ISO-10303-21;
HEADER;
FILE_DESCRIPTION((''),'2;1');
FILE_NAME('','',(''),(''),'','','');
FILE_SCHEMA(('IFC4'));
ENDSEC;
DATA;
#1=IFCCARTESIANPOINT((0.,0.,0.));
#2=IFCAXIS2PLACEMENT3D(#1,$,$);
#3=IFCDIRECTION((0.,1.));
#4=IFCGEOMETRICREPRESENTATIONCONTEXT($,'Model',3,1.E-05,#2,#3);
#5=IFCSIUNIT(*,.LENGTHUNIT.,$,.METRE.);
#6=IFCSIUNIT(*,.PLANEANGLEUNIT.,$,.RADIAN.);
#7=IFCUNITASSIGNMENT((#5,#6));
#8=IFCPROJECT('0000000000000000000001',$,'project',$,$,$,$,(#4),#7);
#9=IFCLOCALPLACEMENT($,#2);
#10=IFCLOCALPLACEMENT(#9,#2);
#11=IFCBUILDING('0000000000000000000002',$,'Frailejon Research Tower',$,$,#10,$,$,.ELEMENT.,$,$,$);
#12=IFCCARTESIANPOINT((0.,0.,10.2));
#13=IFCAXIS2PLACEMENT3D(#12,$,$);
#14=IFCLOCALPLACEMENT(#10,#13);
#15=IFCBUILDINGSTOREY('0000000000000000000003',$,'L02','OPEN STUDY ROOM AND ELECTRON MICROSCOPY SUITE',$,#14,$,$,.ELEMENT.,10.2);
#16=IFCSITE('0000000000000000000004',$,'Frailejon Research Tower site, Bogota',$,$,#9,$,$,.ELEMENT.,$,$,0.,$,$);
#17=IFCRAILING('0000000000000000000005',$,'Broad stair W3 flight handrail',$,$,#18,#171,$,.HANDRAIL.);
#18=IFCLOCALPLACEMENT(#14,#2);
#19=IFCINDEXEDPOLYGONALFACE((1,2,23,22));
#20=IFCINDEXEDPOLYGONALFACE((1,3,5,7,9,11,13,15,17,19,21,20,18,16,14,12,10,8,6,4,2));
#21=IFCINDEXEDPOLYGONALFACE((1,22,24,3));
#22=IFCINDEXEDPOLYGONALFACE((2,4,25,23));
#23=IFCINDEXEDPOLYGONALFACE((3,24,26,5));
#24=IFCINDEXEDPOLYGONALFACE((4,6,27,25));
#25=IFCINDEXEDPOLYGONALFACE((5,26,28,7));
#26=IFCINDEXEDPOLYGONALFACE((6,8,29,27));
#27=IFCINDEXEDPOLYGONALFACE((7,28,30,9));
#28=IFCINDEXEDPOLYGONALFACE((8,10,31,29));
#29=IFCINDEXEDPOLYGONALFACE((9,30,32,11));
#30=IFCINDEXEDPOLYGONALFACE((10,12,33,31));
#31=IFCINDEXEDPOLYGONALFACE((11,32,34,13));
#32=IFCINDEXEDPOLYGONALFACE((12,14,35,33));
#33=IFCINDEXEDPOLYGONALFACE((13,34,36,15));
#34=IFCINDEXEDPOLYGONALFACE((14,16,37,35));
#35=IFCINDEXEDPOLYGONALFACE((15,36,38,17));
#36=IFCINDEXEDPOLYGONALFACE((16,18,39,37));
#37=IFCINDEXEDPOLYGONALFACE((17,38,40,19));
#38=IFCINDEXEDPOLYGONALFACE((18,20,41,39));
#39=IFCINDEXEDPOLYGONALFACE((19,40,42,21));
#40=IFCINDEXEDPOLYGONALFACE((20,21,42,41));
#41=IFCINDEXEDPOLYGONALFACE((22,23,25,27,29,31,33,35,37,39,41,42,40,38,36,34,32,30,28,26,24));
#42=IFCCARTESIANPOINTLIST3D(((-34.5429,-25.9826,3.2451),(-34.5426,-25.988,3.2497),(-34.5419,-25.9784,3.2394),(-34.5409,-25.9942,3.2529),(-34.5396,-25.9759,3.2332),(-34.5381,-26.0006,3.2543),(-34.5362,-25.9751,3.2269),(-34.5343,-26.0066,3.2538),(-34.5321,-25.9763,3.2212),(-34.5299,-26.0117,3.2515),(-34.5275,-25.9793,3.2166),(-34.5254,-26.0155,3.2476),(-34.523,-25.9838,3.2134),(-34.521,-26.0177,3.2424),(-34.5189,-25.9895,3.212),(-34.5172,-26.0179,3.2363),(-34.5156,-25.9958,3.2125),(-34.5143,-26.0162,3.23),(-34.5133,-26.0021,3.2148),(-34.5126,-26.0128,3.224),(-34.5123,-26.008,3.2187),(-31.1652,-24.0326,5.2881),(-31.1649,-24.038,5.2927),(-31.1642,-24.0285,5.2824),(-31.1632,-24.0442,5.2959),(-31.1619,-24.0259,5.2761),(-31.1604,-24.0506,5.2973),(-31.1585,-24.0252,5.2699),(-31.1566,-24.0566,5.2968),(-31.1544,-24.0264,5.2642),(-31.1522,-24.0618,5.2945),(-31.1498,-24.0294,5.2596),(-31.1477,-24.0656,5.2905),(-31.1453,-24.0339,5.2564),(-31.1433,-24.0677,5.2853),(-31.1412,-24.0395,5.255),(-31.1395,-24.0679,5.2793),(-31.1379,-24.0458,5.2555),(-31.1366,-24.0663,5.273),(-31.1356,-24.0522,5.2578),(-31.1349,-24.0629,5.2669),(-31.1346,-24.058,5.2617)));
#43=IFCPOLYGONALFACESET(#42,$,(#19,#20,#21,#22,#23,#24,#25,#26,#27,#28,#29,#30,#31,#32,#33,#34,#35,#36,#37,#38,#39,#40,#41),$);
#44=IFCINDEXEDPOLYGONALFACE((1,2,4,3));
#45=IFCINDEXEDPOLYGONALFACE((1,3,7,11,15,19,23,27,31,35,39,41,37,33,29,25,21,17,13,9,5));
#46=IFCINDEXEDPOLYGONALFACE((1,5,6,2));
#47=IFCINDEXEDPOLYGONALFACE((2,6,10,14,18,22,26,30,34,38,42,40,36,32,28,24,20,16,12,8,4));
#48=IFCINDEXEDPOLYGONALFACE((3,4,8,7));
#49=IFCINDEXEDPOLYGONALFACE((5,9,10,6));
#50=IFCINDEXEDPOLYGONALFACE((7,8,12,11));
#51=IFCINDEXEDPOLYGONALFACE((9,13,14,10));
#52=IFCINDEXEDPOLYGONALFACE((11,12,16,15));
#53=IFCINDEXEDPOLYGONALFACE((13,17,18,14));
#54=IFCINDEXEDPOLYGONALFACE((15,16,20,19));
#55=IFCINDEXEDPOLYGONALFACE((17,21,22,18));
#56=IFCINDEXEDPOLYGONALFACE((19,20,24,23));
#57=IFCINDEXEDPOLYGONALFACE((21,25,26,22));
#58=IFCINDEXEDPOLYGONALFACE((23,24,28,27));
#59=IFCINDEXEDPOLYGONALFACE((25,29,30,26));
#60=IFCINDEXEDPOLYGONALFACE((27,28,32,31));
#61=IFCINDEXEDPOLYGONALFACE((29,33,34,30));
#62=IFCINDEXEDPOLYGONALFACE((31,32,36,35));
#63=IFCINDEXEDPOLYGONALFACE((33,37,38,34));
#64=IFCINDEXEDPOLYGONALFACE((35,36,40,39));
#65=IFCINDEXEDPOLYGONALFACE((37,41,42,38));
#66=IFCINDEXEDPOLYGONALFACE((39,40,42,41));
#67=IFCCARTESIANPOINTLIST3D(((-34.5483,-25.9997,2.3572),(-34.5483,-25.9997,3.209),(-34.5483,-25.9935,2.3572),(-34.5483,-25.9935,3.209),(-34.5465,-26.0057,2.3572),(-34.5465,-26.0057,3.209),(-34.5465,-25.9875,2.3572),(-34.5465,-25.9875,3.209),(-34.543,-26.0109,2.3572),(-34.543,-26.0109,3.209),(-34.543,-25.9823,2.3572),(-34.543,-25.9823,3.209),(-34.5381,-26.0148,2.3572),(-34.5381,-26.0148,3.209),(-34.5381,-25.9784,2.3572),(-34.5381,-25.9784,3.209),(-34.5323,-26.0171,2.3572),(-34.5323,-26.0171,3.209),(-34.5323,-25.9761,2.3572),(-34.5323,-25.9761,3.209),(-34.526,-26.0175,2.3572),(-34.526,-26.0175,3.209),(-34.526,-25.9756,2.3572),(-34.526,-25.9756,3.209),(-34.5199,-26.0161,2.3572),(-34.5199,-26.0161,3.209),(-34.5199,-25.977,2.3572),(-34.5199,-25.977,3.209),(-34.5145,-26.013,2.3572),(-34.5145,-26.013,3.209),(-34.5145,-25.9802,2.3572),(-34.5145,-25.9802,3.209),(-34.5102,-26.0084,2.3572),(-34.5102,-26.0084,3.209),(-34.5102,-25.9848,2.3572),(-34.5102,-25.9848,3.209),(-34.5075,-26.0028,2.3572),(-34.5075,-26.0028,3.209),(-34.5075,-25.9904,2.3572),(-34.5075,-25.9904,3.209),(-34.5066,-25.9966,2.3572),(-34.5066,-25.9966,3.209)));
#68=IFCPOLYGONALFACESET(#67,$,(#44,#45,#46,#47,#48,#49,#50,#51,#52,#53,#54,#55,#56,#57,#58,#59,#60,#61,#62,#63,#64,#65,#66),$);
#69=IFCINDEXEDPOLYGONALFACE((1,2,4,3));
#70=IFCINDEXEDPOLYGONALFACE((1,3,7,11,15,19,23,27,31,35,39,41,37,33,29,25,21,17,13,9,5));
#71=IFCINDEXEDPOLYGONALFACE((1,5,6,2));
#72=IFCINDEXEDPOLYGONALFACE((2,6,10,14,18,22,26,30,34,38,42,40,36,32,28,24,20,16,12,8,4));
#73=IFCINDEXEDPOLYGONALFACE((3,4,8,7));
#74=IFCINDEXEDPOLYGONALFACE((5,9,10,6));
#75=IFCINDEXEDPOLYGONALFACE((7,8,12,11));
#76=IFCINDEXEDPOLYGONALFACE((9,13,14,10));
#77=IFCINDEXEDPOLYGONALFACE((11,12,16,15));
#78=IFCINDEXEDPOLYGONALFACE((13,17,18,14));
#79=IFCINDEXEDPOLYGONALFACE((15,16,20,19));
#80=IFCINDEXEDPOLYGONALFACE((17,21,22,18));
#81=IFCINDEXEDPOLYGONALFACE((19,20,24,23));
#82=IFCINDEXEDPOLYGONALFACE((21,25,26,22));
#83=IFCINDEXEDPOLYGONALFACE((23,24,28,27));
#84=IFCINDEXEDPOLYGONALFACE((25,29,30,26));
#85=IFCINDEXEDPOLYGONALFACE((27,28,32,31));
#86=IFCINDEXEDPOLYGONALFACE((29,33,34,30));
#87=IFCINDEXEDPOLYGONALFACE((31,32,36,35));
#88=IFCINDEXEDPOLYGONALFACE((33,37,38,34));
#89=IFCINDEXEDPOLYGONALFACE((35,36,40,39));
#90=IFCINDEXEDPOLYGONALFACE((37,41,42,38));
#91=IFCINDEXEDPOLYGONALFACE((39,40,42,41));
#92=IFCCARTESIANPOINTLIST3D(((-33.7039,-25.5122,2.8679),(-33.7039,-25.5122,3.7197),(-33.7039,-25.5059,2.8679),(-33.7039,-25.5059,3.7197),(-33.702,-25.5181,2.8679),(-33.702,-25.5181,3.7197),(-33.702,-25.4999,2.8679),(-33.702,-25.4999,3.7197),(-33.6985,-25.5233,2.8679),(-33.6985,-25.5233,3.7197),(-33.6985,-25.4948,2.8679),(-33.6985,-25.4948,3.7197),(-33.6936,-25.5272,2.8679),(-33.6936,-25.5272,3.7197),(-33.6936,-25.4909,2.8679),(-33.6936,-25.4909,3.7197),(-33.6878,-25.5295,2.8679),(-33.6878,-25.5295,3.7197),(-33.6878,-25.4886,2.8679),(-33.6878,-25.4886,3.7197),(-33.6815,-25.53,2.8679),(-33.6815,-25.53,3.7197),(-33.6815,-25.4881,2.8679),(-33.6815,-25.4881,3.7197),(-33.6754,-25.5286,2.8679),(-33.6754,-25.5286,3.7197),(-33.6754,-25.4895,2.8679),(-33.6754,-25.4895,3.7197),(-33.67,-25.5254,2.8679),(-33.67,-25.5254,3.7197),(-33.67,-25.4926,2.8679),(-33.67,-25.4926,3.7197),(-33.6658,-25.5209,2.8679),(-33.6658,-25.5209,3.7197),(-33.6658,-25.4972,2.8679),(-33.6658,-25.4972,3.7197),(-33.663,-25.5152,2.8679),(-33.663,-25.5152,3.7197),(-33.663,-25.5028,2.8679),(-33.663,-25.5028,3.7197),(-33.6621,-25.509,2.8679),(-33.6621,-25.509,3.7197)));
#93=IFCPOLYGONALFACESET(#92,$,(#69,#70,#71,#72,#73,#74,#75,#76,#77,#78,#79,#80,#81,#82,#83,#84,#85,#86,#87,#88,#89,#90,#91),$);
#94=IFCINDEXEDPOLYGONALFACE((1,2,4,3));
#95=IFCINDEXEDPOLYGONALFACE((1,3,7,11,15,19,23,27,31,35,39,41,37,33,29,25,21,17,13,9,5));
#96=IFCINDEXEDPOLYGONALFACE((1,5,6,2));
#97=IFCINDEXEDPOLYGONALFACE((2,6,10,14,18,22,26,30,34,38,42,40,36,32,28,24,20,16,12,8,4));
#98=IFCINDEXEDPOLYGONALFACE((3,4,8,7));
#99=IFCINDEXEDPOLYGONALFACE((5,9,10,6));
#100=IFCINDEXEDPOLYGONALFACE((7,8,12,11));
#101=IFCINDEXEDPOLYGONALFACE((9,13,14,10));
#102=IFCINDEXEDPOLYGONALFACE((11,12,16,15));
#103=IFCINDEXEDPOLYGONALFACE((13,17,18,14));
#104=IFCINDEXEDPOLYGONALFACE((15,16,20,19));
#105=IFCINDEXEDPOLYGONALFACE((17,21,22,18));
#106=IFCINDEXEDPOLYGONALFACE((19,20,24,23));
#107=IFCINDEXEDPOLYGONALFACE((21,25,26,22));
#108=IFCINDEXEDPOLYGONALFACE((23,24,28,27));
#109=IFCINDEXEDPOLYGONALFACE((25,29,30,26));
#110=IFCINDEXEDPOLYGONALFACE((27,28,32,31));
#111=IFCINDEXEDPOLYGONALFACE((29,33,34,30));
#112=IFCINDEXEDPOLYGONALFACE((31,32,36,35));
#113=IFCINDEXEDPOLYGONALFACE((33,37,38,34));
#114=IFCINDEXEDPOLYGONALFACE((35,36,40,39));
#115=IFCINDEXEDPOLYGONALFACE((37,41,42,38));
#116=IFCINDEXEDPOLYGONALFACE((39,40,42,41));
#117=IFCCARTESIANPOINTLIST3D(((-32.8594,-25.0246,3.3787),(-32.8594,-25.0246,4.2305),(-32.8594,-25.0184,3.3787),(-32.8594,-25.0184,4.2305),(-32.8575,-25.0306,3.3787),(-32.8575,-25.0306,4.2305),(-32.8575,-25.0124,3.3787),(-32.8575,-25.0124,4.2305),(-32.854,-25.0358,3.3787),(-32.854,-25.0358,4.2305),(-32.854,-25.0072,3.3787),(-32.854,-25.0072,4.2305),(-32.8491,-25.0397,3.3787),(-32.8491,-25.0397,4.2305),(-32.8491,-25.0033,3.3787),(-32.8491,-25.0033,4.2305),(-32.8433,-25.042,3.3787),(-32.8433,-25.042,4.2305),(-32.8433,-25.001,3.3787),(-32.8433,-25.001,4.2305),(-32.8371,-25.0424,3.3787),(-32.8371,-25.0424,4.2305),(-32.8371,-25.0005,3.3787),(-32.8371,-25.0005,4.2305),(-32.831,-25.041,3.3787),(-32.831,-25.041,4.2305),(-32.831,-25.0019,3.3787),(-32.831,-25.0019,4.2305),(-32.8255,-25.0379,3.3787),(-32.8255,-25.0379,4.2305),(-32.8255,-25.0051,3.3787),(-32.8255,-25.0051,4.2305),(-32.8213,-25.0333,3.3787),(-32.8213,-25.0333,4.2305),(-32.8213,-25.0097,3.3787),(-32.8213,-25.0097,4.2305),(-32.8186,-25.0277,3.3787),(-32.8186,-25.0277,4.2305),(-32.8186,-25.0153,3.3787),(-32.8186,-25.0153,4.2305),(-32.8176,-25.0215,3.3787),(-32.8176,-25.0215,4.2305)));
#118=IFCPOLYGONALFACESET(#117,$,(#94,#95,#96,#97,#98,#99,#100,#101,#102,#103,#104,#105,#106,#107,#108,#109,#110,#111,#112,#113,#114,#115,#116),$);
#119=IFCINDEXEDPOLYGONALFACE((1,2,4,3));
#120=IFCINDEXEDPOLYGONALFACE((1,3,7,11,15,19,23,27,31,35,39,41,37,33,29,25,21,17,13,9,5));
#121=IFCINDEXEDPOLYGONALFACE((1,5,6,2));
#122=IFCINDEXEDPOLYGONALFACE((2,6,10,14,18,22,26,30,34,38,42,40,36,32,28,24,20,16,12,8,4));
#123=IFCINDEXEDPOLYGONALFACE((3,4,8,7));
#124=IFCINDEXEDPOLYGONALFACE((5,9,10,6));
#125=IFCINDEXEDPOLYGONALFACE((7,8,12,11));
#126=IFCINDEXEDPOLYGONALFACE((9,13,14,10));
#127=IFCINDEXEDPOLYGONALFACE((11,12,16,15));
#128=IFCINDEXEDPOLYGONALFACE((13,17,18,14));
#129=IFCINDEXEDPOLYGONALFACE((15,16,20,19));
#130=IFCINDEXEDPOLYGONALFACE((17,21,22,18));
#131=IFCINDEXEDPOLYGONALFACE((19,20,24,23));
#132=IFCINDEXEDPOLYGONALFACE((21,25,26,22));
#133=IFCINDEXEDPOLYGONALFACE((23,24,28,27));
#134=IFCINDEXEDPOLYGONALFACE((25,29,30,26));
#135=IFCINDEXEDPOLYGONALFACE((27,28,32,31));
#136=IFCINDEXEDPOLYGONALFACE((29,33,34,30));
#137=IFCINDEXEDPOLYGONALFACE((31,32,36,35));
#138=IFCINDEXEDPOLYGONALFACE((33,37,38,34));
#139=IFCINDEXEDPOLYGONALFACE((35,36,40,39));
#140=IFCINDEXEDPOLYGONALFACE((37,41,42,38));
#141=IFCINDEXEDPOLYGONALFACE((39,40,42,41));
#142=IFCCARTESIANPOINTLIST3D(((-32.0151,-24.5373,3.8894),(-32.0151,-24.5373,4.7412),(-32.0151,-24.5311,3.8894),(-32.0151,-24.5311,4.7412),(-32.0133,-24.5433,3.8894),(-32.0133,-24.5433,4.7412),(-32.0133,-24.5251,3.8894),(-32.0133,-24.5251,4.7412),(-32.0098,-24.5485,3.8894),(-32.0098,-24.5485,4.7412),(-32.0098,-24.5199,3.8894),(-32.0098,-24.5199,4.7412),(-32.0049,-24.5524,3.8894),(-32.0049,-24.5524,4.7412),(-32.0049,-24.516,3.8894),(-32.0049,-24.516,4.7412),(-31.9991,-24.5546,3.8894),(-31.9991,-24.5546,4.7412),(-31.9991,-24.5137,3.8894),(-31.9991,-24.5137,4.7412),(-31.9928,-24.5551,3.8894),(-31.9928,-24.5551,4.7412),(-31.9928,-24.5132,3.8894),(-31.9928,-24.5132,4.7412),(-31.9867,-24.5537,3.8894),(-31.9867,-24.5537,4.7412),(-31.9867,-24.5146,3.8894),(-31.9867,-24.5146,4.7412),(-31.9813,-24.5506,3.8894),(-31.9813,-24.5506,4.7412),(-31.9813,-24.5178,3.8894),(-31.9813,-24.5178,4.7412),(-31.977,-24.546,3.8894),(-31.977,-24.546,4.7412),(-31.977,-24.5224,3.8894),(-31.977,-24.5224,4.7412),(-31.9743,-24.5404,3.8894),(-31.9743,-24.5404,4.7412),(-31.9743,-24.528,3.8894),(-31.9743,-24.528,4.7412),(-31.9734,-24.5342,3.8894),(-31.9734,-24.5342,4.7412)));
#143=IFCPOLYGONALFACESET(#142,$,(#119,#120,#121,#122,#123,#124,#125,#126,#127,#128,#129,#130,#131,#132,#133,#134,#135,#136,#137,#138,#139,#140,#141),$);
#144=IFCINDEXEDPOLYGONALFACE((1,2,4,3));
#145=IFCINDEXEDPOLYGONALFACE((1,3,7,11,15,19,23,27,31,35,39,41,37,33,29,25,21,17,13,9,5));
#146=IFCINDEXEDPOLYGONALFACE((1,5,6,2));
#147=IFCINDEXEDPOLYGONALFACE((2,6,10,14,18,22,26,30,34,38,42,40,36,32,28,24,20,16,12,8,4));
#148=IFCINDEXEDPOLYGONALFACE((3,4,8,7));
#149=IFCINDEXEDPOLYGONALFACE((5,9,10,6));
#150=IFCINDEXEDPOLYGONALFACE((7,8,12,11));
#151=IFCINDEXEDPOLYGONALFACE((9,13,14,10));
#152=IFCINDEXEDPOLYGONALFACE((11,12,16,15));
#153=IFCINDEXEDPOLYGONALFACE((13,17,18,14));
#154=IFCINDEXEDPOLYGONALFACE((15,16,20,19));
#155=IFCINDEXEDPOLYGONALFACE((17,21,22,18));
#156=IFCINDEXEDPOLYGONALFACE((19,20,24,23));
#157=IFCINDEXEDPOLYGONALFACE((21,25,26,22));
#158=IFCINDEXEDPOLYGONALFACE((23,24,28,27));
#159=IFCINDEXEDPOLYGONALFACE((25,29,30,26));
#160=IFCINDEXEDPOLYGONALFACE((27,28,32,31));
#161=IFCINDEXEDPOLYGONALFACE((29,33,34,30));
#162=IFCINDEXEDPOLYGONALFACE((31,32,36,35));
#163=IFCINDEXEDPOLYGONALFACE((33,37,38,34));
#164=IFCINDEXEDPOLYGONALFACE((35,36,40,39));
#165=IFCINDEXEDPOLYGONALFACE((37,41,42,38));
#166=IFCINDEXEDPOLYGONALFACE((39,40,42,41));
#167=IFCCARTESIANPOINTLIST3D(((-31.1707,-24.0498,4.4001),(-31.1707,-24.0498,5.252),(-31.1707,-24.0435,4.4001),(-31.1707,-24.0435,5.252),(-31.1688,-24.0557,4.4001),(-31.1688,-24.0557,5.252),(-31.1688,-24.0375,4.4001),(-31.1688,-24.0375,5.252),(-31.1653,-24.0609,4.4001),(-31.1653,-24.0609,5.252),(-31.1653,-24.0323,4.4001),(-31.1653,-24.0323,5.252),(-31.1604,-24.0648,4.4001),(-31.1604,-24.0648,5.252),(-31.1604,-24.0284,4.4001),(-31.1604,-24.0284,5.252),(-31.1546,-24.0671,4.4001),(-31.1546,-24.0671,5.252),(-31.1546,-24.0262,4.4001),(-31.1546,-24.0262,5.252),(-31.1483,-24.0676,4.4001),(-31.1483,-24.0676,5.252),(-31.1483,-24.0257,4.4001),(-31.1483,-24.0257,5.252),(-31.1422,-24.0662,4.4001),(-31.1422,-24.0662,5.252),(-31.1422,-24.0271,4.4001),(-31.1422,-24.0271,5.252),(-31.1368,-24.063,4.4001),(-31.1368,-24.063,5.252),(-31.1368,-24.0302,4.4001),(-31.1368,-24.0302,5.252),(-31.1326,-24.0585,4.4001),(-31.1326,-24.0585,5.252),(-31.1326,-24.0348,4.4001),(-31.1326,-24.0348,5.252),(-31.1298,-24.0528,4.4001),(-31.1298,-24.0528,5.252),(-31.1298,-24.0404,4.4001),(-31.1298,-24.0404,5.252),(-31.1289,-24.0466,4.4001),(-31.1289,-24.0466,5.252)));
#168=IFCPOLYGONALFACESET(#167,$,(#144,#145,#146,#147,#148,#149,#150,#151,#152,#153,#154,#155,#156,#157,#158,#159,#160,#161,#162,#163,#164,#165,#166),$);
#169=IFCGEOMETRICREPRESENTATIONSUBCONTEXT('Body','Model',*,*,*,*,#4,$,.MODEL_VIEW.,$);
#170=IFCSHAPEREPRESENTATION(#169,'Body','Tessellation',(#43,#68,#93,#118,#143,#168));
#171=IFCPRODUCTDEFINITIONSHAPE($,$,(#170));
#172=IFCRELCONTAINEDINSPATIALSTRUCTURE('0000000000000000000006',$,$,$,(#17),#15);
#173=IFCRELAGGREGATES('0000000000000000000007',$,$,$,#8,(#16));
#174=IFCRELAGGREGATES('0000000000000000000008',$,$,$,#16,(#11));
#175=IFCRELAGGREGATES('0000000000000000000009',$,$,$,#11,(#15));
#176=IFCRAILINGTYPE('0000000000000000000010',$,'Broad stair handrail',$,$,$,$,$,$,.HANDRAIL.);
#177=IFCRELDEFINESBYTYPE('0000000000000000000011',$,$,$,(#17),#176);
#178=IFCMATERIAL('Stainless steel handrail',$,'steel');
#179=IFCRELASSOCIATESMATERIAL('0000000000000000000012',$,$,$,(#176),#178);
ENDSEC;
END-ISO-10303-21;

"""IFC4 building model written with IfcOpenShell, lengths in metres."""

from ifc_helpers import new_model, si_unit, direction, frame, origin, origin_2d, place, context, subcontext, project, spatial, circle, extrude, material, type_object, element, save


model = new_model("IFC4")

# Units and contexts
model_context = context("Model", 3, precision=1e-05, world=origin(), true_north=direction((0.0, 1.0)))
body_context = subcontext(model_context, "Body", "Model", "MODEL_VIEW")
ifc_project = project(units=[si_unit("LENGTHUNIT", "METRE"), si_unit("PLANEANGLEUNIT", "RADIAN")], contexts=[model_context])

# Site, building, storey
site_placement = place(None, origin())
site = spatial("IfcSite", under=ifc_project, at=site_placement, Name="Frailejon Research Tower site, Bogota", CompositionType="ELEMENT", RefElevation=0.0)
building_placement = place(site_placement, origin())
building = spatial("IfcBuilding", under=site, at=building_placement, Name="Frailejon Research Tower", CompositionType="ELEMENT")
storey_placement = place(building_placement, frame((0.0, 0.0, 10.2)))
storey = spatial("IfcBuildingStorey", under=building, at=storey_placement, Name="L02", Description="OPEN STUDY ROOM AND ELECTRON MICROSCOPY SUITE", CompositionType="ELEMENT", Elevation=10.2)

# Railing
ifc_material_1 = material(Name="Stainless steel handrail", Category="steel")
railing_type_1 = type_object("IfcRailingType", Name="Broad stair handrail", PredefinedType="HANDRAIL", material=ifc_material_1)
railing_1_placement = place(storey_placement, frame((-34.5276, -25.9966, 2.3572)))
element("IfcRailing", 1, at=railing_1_placement, inside=storey, type_object=railing_type_1, Name="Broad stair W3 flight handrail", PredefinedType="HANDRAIL", context=body_context, shape_type="SweptSolid", body=[
    extrude(circle(Radius=0.0239, at=origin_2d()), frame((0.0, 0.0, 0.876), z_axis=(0.767165, 0.442887, 0.464014), x_axis=(-0.49997, 0.866043, 0.0)), (0.0, 0.0, 1.0), 4.4028),
    extrude(circle(Radius=0.021, at=origin_2d()), origin(), (0.0, 0.0, 1.0), 0.8518),
    extrude(circle(Radius=0.021, at=origin_2d()), frame((0.8445, 0.4875, 0.5107)), (0.0, 0.0, 1.0), 0.8518),
    extrude(circle(Radius=0.021, at=origin_2d()), frame((1.689, 0.9751, 1.0215)), (0.0, 0.0, 1.0), 0.8518),
    extrude(circle(Radius=0.021, at=origin_2d()), frame((2.5332, 1.4624, 1.5322)), (0.0, 0.0, 1.0), 0.8518),
    extrude(circle(Radius=0.021, at=origin_2d()), frame((3.3777, 1.95, 2.043)), (0.0, 0.0, 1.0), 0.8518),
])

save(model, "model.ifc")
